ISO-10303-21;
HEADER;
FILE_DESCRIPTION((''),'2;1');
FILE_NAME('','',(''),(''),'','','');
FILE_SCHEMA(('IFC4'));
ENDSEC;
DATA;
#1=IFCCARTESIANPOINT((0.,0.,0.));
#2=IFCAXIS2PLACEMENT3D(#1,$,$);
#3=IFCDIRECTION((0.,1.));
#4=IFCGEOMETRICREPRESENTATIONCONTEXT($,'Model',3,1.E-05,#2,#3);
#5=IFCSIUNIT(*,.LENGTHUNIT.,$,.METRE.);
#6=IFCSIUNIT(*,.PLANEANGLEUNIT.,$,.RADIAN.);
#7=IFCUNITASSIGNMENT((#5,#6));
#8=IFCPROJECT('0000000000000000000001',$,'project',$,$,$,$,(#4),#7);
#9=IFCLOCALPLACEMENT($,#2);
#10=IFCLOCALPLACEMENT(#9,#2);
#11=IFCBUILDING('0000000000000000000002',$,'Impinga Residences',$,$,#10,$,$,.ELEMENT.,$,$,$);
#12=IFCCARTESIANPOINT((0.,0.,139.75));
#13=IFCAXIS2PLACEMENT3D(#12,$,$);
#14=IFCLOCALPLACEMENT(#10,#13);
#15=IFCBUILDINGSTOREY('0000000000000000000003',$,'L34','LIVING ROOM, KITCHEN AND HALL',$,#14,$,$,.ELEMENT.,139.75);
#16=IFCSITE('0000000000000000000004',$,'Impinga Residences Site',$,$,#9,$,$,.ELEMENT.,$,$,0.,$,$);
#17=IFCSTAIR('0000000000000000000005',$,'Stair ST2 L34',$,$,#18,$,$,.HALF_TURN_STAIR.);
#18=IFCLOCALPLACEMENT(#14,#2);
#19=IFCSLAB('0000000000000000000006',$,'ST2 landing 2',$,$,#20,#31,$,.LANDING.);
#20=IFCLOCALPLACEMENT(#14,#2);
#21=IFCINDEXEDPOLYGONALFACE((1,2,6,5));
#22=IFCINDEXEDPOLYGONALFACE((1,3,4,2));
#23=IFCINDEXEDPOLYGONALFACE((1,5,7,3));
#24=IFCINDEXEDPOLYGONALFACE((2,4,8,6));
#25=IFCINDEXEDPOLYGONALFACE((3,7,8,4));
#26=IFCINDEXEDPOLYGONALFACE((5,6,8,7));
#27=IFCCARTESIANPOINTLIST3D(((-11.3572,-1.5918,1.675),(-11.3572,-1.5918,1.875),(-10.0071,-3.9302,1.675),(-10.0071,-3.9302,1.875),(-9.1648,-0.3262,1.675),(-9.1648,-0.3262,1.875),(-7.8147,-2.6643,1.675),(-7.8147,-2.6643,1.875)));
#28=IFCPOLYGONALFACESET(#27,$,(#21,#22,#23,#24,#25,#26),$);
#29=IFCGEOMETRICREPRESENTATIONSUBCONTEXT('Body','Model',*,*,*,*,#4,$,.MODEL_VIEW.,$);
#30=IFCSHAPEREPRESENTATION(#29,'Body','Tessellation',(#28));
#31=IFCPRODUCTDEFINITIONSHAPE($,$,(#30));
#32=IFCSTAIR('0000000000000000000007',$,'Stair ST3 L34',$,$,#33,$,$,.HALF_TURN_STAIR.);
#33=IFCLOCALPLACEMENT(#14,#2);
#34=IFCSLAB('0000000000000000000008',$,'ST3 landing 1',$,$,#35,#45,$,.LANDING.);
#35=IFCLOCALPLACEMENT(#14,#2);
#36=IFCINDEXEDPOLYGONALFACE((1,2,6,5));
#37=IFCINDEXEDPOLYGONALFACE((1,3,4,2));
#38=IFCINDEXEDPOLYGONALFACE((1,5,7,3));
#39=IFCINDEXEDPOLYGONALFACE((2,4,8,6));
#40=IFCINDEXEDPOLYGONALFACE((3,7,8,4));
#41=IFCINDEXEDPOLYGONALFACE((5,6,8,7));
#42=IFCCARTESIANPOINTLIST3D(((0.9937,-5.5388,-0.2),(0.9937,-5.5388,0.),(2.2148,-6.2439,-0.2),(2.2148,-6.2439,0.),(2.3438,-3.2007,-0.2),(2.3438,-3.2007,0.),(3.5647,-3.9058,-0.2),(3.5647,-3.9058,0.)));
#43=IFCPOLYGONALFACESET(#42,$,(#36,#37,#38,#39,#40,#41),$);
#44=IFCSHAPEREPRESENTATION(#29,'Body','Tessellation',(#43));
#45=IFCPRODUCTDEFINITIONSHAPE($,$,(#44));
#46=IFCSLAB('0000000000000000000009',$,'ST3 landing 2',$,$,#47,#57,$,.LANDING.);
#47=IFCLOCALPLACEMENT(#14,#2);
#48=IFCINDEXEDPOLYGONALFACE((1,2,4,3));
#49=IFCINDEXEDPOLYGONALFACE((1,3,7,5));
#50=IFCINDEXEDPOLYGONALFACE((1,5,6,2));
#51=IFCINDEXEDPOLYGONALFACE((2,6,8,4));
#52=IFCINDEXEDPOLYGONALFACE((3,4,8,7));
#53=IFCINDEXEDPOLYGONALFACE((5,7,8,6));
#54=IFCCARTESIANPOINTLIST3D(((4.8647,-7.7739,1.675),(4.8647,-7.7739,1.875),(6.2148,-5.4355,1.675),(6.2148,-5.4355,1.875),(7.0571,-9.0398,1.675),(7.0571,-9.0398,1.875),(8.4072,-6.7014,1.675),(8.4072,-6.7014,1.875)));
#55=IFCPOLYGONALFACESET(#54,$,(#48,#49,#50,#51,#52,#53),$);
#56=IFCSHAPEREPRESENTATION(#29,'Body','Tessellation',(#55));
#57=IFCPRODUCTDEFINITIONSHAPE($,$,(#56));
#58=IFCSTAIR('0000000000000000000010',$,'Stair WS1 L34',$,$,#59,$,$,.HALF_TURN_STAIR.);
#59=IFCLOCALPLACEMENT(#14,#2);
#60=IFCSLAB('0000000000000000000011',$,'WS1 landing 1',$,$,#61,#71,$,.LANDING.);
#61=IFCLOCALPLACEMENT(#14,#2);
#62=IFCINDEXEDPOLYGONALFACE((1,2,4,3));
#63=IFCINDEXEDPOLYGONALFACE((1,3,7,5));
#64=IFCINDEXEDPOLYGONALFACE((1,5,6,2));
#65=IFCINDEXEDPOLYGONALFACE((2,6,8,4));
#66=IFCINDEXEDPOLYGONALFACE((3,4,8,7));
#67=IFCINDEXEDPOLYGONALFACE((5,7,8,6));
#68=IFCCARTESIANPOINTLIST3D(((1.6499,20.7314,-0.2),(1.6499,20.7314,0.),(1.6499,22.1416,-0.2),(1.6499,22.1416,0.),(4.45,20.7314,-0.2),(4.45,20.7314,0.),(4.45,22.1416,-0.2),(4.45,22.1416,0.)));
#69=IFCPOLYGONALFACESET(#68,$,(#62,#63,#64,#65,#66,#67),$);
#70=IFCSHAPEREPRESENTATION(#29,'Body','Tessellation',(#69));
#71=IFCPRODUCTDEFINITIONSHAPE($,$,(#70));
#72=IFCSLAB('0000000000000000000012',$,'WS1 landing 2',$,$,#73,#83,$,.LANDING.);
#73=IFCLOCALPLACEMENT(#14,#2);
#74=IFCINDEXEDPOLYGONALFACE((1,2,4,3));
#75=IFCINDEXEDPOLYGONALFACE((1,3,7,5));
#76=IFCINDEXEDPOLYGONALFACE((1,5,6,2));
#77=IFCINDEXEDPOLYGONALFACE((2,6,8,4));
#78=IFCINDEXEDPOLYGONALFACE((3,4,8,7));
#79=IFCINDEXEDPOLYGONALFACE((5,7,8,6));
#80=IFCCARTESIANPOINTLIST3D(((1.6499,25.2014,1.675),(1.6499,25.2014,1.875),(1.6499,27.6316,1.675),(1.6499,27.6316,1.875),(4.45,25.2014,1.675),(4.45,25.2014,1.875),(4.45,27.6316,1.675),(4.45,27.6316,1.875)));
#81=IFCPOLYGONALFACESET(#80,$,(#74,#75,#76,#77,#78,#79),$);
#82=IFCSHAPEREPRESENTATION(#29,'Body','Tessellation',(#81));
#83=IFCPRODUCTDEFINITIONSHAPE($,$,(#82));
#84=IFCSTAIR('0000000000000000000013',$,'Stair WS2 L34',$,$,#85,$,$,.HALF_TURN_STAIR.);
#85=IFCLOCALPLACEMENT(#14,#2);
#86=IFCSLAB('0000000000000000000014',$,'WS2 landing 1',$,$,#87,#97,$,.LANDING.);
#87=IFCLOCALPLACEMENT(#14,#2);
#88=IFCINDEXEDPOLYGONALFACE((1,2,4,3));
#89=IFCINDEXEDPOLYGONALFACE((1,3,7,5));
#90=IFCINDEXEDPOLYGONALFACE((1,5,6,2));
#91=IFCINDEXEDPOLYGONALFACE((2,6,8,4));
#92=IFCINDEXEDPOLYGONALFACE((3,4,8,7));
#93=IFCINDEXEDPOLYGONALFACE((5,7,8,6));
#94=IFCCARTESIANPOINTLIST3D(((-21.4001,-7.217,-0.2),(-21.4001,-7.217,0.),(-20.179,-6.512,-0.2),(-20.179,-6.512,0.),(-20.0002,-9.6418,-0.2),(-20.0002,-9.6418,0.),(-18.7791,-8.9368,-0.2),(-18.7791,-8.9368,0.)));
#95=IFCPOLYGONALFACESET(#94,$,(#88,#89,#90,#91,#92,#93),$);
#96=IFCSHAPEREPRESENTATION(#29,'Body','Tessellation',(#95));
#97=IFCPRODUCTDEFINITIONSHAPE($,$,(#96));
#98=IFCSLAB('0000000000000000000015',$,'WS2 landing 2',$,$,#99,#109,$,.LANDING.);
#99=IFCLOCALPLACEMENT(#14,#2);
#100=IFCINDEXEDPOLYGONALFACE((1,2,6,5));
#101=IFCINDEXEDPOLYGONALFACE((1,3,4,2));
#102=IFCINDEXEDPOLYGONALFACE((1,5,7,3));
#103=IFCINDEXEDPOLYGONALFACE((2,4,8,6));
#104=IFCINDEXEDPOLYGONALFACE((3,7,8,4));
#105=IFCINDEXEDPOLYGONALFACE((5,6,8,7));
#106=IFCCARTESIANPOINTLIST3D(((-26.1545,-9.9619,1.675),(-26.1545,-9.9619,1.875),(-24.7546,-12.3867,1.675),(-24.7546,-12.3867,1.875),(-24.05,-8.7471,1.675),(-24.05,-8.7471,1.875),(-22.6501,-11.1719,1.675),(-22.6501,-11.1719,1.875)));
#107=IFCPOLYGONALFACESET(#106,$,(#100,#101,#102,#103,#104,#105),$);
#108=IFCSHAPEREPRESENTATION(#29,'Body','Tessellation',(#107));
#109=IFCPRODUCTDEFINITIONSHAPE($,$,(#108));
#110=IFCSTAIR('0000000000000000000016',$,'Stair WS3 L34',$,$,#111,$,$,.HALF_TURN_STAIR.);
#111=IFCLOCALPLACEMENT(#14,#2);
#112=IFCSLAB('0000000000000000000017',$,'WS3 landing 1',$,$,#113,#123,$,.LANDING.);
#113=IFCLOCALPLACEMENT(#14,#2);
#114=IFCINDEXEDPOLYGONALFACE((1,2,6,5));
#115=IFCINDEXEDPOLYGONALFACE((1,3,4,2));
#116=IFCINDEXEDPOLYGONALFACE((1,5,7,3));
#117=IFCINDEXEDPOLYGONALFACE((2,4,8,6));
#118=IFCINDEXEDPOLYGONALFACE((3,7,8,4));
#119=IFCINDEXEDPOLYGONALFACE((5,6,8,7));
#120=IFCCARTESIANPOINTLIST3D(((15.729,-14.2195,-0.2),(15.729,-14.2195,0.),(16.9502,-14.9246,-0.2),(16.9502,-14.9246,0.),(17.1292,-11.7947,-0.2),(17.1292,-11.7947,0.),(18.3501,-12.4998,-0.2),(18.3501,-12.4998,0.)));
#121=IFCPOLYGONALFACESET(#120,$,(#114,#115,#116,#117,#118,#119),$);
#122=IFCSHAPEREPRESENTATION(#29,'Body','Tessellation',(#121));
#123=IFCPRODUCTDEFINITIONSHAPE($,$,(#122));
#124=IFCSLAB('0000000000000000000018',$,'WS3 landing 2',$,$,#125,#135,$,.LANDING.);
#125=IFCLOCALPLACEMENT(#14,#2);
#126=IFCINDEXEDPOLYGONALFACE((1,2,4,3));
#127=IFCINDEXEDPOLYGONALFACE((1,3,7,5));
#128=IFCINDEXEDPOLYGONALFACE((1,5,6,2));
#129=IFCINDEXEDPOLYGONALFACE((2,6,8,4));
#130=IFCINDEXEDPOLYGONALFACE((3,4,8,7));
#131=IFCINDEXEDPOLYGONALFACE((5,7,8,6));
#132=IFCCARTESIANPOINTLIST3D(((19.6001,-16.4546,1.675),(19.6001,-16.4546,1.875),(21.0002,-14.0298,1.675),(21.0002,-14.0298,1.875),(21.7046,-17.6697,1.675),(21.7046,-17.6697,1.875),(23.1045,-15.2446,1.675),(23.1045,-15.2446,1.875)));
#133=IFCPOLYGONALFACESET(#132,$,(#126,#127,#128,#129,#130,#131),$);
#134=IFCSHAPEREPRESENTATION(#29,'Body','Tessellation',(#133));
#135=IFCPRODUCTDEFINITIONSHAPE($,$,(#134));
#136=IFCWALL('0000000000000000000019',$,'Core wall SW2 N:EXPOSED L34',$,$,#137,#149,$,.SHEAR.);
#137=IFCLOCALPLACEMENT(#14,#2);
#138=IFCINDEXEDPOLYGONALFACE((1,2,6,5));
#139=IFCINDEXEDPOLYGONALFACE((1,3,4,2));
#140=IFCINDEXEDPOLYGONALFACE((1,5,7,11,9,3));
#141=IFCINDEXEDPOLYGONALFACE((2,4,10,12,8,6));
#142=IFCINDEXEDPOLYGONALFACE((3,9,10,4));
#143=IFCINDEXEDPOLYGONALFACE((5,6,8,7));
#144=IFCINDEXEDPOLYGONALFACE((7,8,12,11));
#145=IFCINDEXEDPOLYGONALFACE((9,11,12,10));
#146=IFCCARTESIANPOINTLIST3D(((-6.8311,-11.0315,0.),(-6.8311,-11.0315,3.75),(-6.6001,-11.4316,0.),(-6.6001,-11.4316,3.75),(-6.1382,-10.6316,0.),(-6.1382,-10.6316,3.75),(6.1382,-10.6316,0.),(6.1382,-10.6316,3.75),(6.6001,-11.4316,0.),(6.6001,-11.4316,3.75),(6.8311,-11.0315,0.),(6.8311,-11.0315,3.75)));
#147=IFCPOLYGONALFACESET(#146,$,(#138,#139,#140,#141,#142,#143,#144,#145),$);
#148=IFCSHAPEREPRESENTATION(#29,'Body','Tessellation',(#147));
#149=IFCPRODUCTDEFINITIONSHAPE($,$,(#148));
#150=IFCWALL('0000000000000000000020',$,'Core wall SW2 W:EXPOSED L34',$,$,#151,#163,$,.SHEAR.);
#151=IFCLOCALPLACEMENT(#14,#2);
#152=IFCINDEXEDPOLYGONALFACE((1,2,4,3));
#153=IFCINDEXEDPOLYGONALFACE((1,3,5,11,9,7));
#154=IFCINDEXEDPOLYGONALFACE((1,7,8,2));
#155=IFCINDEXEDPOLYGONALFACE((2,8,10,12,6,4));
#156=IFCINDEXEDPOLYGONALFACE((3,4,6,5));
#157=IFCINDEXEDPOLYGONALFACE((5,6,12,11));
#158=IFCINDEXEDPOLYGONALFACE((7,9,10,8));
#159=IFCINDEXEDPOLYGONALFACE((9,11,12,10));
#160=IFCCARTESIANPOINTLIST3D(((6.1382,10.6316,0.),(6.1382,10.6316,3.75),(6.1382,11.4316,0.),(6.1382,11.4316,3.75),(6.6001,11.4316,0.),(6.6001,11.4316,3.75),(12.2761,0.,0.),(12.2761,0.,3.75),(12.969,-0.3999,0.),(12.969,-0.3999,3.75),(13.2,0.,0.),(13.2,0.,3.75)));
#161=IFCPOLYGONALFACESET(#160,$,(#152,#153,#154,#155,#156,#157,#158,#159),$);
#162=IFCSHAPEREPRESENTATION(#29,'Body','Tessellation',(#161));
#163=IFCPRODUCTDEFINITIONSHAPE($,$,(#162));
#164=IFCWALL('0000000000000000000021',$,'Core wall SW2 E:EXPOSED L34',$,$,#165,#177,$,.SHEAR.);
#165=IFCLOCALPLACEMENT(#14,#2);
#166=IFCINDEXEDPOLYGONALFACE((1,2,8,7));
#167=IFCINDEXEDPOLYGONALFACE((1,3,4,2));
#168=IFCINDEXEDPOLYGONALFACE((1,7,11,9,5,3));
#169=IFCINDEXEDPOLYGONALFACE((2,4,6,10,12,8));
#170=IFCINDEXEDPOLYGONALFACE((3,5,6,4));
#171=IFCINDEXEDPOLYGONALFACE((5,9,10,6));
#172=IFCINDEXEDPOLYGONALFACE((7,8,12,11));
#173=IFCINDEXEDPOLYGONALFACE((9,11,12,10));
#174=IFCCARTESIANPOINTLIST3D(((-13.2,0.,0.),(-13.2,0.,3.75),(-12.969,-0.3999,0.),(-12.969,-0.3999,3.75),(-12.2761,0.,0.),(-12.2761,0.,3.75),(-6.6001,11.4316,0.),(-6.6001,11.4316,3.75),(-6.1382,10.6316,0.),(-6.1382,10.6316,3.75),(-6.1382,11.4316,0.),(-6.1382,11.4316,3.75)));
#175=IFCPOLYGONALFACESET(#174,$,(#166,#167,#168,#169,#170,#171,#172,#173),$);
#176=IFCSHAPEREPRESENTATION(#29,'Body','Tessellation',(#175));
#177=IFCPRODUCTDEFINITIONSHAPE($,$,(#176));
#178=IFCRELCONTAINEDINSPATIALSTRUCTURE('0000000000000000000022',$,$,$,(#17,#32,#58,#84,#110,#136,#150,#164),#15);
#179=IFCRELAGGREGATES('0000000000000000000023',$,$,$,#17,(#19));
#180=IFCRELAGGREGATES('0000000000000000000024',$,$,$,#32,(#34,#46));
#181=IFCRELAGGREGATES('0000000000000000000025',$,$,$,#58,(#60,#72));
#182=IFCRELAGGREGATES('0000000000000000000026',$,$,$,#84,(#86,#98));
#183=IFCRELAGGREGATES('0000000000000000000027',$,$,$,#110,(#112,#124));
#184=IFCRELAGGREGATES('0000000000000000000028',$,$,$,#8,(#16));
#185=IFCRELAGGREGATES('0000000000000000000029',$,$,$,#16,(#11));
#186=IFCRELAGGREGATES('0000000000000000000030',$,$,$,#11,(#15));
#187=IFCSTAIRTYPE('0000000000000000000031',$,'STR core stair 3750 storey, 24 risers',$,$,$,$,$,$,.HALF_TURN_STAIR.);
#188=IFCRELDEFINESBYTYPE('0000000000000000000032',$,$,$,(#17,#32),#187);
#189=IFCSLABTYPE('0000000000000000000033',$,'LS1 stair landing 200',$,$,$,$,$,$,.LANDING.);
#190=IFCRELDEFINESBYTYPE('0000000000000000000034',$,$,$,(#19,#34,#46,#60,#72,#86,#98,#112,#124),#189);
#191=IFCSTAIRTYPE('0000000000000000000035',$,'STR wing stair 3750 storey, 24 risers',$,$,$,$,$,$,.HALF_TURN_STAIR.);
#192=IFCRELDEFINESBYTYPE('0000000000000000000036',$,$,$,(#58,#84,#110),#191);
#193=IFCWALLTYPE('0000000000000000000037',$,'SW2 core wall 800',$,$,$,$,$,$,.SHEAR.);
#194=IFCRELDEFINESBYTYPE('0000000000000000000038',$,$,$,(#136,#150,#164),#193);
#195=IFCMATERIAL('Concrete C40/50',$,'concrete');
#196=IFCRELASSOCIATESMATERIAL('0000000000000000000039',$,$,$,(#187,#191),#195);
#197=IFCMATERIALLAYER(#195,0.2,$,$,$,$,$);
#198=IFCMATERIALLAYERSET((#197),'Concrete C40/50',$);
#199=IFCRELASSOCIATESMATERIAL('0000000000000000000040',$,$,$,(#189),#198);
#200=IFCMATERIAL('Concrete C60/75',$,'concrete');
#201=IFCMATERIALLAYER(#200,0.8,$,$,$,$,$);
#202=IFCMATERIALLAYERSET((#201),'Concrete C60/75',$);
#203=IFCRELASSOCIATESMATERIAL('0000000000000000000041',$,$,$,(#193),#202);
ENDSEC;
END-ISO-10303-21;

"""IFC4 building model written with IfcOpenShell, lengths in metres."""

from ifc_helpers import new_model, si_unit, direction, frame, origin, place, context, subcontext, project, spatial, polyline, outline, extrude, material, layer, layer_set, type_object, element, aggregate, save


model = new_model("IFC4")

# Units and contexts
model_context = context("Model", 3, precision=1e-05, world=origin(), true_north=direction((0.0, 1.0)))
body_context = subcontext(model_context, "Body", "Model", "MODEL_VIEW")
ifc_project = project(units=[si_unit("LENGTHUNIT", "METRE"), si_unit("PLANEANGLEUNIT", "RADIAN")], contexts=[model_context])

# Site, building, storey
site_placement = place(None, origin())
site = spatial("IfcSite", under=ifc_project, at=site_placement, Name="Impinga Residences Site", CompositionType="ELEMENT", RefElevation=0.0)
building_placement = place(site_placement, origin())
building = spatial("IfcBuilding", under=site, at=building_placement, Name="Impinga Residences", CompositionType="ELEMENT")
storey_placement = place(building_placement, frame((0.0, 0.0, 139.75)))
storey = spatial("IfcBuildingStorey", under=building, at=storey_placement, Name="L34", Description="LIVING ROOM, KITCHEN AND HALL", CompositionType="ELEMENT", Elevation=139.75)

# Shared definitions
ifc_material_1 = material(Name="Concrete C60/75", Category="concrete")

# Stairs, slabs
ifc_material_2 = material(Name="Concrete C40/50", Category="concrete")
stair_type_1 = type_object("IfcStairType", Name="STR core stair 3750 storey, 24 risers", PredefinedType="HALF_TURN_STAIR", material=ifc_material_2)
ifc_layer_1 = layer(ifc_material_2, 0.2)
ifc_layer_set_1 = layer_set([ifc_layer_1], Name="Concrete C40/50")
slab_type_1 = type_object("IfcSlabType", Name="LS1 stair landing 200", PredefinedType="LANDING", material=ifc_layer_set_1)
stair_1_placement = place(storey_placement, origin())
stair_1 = element("IfcStair", 1, at=stair_1_placement, inside=storey, type_object=stair_type_1, Name="Stair ST2 L34", PredefinedType="HALF_TURN_STAIR")
slab_1_placement = place(storey_placement, frame((0.0, 0.0, 1.675)))
slab_1 = element("IfcSlab", 2, at=slab_1_placement, type_object=slab_type_1, Name="ST2 landing 2", PredefinedType="LANDING", context=body_context, shape_type="SweptSolid", body=[
    extrude(outline(polyline([(-7.8147, -2.6643), (-9.1648, -0.3262), (-11.3572, -1.5918), (-10.0071, -3.9302), (-7.8147, -2.6643)])), origin(), (0.0, 0.0, 1.0), 0.2),
])
aggregate(stair_1, [slab_1])
stair_2_placement = place(storey_placement, origin())
stair_2 = element("IfcStair", 3, at=stair_2_placement, inside=storey, type_object=stair_type_1, Name="Stair ST3 L34", PredefinedType="HALF_TURN_STAIR")
slab_2_placement = place(storey_placement, frame((0.0, 0.0, -0.2)))
slab_2 = element("IfcSlab", 4, at=slab_2_placement, type_object=slab_type_1, Name="ST3 landing 1", PredefinedType="LANDING", context=body_context, shape_type="SweptSolid", body=[
    extrude(outline(polyline([(2.3438, -3.2007), (0.9937, -5.5388), (2.2148, -6.2439), (3.5647, -3.9058), (2.3438, -3.2007)])), origin(), (0.0, 0.0, 1.0), 0.2),
])
slab_3_placement = place(storey_placement, frame((0.0, 0.0, 1.675)))
slab_3 = element("IfcSlab", 5, at=slab_3_placement, type_object=slab_type_1, Name="ST3 landing 2", PredefinedType="LANDING", context=body_context, shape_type="SweptSolid", body=[
    extrude(outline(polyline([(6.2148, -5.4355), (4.8647, -7.7739), (7.0571, -9.0398), (8.4072, -6.7014), (6.2148, -5.4355)])), origin(), (0.0, 0.0, 1.0), 0.2),
])
aggregate(stair_2, [slab_2, slab_3])
stair_type_2 = type_object("IfcStairType", Name="STR wing stair 3750 storey, 24 risers", PredefinedType="HALF_TURN_STAIR", material=ifc_material_2)
stair_3_placement = place(storey_placement, origin())
stair_3 = element("IfcStair", 6, at=stair_3_placement, inside=storey, type_object=stair_type_2, Name="Stair WS1 L34", PredefinedType="HALF_TURN_STAIR")
slab_4_placement = place(storey_placement, frame((0.0, 0.0, -0.2)))
slab_4 = element("IfcSlab", 7, at=slab_4_placement, type_object=slab_type_1, Name="WS1 landing 1", PredefinedType="LANDING", context=body_context, shape_type="SweptSolid", body=[
    extrude(outline(polyline([(1.6499, 20.7314), (4.45, 20.7314), (4.45, 22.1416), (1.6499, 22.1416), (1.6499, 20.7314)])), origin(), (0.0, 0.0, 1.0), 0.2),
])
slab_5_placement = place(storey_placement, frame((0.0, 0.0, 1.675)))
slab_5 = element("IfcSlab", 8, at=slab_5_placement, type_object=slab_type_1, Name="WS1 landing 2", PredefinedType="LANDING", context=body_context, shape_type="SweptSolid", body=[
    extrude(outline(polyline([(1.6499, 25.2014), (4.45, 25.2014), (4.45, 27.6316), (1.6499, 27.6316), (1.6499, 25.2014)])), origin(), (0.0, 0.0, 1.0), 0.2),
])
aggregate(stair_3, [slab_4, slab_5])
stair_4_placement = place(storey_placement, origin())
stair_4 = element("IfcStair", 9, at=stair_4_placement, inside=storey, type_object=stair_type_2, Name="Stair WS2 L34", PredefinedType="HALF_TURN_STAIR")
slab_6_placement = place(storey_placement, frame((0.0, 0.0, -0.2)))
slab_6 = element("IfcSlab", 10, at=slab_6_placement, type_object=slab_type_1, Name="WS2 landing 1", PredefinedType="LANDING", context=body_context, shape_type="SweptSolid", body=[
    extrude(outline(polyline([(-18.7791, -8.9368), (-20.179, -6.512), (-21.4001, -7.217), (-20.0002, -9.6418), (-18.7791, -8.9368)])), origin(), (0.0, 0.0, 1.0), 0.2),
])
slab_7_placement = place(storey_placement, frame((0.0, 0.0, 1.675)))
slab_7 = element("IfcSlab", 11, at=slab_7_placement, type_object=slab_type_1, Name="WS2 landing 2", PredefinedType="LANDING", context=body_context, shape_type="SweptSolid", body=[
    extrude(outline(polyline([(-22.6501, -11.1719), (-24.05, -8.7471), (-26.1545, -9.9619), (-24.7546, -12.3867), (-22.6501, -11.1719)])), origin(), (0.0, 0.0, 1.0), 0.2),
])
aggregate(stair_4, [slab_6, slab_7])
stair_5_placement = place(storey_placement, origin())
stair_5 = element("IfcStair", 12, at=stair_5_placement, inside=storey, type_object=stair_type_2, Name="Stair WS3 L34", PredefinedType="HALF_TURN_STAIR")
slab_8_placement = place(storey_placement, frame((0.0, 0.0, -0.2)))
slab_8 = element("IfcSlab", 13, at=slab_8_placement, type_object=slab_type_1, Name="WS3 landing 1", PredefinedType="LANDING", context=body_context, shape_type="SweptSolid", body=[
    extrude(outline(polyline([(17.1292, -11.7947), (15.729, -14.2195), (16.9502, -14.9246), (18.3501, -12.4998), (17.1292, -11.7947)])), origin(), (0.0, 0.0, 1.0), 0.2),
])
slab_9_placement = place(storey_placement, frame((0.0, 0.0, 1.675)))
slab_9 = element("IfcSlab", 14, at=slab_9_placement, type_object=slab_type_1, Name="WS3 landing 2", PredefinedType="LANDING", context=body_context, shape_type="SweptSolid", body=[
    extrude(outline(polyline([(21.0002, -14.0298), (19.6001, -16.4546), (21.7046, -17.6697), (23.1045, -15.2446), (21.0002, -14.0298)])), origin(), (0.0, 0.0, 1.0), 0.2),
])
aggregate(stair_5, [slab_8, slab_9])

# Walls
ifc_layer_2 = layer(ifc_material_1, 0.8)
ifc_layer_set_2 = layer_set([ifc_layer_2], Name="Concrete C60/75")
wall_type_1 = type_object("IfcWallType", Name="SW2 core wall 800", PredefinedType="SHEAR", material=ifc_layer_set_2)
wall_1_placement = place(storey_placement, origin())
element("IfcWall", 15, at=wall_1_placement, inside=storey, type_object=wall_type_1, Name="Core wall SW2 N:EXPOSED L34", PredefinedType="SHEAR", context=body_context, shape_type="SweptSolid", body=[
    extrude(outline(polyline([(-6.6001, -11.4316), (6.6001, -11.4316), (6.8311, -11.0315), (6.1382, -10.6316), (-6.1382, -10.6316), (-6.8311, -11.0315), (-6.6001, -11.4316)])), origin(), (0.0, 0.0, 1.0), 3.75),
])
wall_2_placement = place(storey_placement, origin())
element("IfcWall", 16, at=wall_2_placement, inside=storey, type_object=wall_type_1, Name="Core wall SW2 W:EXPOSED L34", PredefinedType="SHEAR", context=body_context, shape_type="SweptSolid", body=[
    extrude(outline(polyline([(13.2, 0.0), (6.6001, 11.4316), (6.1382, 11.4316), (6.1382, 10.6316), (12.2761, 0.0), (12.969, -0.3999), (13.2, 0.0)])), origin(), (0.0, 0.0, 1.0), 3.75),
])
wall_3_placement = place(storey_placement, origin())
element("IfcWall", 17, at=wall_3_placement, inside=storey, type_object=wall_type_1, Name="Core wall SW2 E:EXPOSED L34", PredefinedType="SHEAR", context=body_context, shape_type="SweptSolid", body=[
    extrude(outline(polyline([(-6.6001, 11.4316), (-13.2, 0.0), (-12.969, -0.3999), (-12.2761, 0.0), (-6.1382, 10.6316), (-6.1382, 11.4316), (-6.6001, 11.4316)])), origin(), (0.0, 0.0, 1.0), 3.75),
])

save(model, "model.ifc")
